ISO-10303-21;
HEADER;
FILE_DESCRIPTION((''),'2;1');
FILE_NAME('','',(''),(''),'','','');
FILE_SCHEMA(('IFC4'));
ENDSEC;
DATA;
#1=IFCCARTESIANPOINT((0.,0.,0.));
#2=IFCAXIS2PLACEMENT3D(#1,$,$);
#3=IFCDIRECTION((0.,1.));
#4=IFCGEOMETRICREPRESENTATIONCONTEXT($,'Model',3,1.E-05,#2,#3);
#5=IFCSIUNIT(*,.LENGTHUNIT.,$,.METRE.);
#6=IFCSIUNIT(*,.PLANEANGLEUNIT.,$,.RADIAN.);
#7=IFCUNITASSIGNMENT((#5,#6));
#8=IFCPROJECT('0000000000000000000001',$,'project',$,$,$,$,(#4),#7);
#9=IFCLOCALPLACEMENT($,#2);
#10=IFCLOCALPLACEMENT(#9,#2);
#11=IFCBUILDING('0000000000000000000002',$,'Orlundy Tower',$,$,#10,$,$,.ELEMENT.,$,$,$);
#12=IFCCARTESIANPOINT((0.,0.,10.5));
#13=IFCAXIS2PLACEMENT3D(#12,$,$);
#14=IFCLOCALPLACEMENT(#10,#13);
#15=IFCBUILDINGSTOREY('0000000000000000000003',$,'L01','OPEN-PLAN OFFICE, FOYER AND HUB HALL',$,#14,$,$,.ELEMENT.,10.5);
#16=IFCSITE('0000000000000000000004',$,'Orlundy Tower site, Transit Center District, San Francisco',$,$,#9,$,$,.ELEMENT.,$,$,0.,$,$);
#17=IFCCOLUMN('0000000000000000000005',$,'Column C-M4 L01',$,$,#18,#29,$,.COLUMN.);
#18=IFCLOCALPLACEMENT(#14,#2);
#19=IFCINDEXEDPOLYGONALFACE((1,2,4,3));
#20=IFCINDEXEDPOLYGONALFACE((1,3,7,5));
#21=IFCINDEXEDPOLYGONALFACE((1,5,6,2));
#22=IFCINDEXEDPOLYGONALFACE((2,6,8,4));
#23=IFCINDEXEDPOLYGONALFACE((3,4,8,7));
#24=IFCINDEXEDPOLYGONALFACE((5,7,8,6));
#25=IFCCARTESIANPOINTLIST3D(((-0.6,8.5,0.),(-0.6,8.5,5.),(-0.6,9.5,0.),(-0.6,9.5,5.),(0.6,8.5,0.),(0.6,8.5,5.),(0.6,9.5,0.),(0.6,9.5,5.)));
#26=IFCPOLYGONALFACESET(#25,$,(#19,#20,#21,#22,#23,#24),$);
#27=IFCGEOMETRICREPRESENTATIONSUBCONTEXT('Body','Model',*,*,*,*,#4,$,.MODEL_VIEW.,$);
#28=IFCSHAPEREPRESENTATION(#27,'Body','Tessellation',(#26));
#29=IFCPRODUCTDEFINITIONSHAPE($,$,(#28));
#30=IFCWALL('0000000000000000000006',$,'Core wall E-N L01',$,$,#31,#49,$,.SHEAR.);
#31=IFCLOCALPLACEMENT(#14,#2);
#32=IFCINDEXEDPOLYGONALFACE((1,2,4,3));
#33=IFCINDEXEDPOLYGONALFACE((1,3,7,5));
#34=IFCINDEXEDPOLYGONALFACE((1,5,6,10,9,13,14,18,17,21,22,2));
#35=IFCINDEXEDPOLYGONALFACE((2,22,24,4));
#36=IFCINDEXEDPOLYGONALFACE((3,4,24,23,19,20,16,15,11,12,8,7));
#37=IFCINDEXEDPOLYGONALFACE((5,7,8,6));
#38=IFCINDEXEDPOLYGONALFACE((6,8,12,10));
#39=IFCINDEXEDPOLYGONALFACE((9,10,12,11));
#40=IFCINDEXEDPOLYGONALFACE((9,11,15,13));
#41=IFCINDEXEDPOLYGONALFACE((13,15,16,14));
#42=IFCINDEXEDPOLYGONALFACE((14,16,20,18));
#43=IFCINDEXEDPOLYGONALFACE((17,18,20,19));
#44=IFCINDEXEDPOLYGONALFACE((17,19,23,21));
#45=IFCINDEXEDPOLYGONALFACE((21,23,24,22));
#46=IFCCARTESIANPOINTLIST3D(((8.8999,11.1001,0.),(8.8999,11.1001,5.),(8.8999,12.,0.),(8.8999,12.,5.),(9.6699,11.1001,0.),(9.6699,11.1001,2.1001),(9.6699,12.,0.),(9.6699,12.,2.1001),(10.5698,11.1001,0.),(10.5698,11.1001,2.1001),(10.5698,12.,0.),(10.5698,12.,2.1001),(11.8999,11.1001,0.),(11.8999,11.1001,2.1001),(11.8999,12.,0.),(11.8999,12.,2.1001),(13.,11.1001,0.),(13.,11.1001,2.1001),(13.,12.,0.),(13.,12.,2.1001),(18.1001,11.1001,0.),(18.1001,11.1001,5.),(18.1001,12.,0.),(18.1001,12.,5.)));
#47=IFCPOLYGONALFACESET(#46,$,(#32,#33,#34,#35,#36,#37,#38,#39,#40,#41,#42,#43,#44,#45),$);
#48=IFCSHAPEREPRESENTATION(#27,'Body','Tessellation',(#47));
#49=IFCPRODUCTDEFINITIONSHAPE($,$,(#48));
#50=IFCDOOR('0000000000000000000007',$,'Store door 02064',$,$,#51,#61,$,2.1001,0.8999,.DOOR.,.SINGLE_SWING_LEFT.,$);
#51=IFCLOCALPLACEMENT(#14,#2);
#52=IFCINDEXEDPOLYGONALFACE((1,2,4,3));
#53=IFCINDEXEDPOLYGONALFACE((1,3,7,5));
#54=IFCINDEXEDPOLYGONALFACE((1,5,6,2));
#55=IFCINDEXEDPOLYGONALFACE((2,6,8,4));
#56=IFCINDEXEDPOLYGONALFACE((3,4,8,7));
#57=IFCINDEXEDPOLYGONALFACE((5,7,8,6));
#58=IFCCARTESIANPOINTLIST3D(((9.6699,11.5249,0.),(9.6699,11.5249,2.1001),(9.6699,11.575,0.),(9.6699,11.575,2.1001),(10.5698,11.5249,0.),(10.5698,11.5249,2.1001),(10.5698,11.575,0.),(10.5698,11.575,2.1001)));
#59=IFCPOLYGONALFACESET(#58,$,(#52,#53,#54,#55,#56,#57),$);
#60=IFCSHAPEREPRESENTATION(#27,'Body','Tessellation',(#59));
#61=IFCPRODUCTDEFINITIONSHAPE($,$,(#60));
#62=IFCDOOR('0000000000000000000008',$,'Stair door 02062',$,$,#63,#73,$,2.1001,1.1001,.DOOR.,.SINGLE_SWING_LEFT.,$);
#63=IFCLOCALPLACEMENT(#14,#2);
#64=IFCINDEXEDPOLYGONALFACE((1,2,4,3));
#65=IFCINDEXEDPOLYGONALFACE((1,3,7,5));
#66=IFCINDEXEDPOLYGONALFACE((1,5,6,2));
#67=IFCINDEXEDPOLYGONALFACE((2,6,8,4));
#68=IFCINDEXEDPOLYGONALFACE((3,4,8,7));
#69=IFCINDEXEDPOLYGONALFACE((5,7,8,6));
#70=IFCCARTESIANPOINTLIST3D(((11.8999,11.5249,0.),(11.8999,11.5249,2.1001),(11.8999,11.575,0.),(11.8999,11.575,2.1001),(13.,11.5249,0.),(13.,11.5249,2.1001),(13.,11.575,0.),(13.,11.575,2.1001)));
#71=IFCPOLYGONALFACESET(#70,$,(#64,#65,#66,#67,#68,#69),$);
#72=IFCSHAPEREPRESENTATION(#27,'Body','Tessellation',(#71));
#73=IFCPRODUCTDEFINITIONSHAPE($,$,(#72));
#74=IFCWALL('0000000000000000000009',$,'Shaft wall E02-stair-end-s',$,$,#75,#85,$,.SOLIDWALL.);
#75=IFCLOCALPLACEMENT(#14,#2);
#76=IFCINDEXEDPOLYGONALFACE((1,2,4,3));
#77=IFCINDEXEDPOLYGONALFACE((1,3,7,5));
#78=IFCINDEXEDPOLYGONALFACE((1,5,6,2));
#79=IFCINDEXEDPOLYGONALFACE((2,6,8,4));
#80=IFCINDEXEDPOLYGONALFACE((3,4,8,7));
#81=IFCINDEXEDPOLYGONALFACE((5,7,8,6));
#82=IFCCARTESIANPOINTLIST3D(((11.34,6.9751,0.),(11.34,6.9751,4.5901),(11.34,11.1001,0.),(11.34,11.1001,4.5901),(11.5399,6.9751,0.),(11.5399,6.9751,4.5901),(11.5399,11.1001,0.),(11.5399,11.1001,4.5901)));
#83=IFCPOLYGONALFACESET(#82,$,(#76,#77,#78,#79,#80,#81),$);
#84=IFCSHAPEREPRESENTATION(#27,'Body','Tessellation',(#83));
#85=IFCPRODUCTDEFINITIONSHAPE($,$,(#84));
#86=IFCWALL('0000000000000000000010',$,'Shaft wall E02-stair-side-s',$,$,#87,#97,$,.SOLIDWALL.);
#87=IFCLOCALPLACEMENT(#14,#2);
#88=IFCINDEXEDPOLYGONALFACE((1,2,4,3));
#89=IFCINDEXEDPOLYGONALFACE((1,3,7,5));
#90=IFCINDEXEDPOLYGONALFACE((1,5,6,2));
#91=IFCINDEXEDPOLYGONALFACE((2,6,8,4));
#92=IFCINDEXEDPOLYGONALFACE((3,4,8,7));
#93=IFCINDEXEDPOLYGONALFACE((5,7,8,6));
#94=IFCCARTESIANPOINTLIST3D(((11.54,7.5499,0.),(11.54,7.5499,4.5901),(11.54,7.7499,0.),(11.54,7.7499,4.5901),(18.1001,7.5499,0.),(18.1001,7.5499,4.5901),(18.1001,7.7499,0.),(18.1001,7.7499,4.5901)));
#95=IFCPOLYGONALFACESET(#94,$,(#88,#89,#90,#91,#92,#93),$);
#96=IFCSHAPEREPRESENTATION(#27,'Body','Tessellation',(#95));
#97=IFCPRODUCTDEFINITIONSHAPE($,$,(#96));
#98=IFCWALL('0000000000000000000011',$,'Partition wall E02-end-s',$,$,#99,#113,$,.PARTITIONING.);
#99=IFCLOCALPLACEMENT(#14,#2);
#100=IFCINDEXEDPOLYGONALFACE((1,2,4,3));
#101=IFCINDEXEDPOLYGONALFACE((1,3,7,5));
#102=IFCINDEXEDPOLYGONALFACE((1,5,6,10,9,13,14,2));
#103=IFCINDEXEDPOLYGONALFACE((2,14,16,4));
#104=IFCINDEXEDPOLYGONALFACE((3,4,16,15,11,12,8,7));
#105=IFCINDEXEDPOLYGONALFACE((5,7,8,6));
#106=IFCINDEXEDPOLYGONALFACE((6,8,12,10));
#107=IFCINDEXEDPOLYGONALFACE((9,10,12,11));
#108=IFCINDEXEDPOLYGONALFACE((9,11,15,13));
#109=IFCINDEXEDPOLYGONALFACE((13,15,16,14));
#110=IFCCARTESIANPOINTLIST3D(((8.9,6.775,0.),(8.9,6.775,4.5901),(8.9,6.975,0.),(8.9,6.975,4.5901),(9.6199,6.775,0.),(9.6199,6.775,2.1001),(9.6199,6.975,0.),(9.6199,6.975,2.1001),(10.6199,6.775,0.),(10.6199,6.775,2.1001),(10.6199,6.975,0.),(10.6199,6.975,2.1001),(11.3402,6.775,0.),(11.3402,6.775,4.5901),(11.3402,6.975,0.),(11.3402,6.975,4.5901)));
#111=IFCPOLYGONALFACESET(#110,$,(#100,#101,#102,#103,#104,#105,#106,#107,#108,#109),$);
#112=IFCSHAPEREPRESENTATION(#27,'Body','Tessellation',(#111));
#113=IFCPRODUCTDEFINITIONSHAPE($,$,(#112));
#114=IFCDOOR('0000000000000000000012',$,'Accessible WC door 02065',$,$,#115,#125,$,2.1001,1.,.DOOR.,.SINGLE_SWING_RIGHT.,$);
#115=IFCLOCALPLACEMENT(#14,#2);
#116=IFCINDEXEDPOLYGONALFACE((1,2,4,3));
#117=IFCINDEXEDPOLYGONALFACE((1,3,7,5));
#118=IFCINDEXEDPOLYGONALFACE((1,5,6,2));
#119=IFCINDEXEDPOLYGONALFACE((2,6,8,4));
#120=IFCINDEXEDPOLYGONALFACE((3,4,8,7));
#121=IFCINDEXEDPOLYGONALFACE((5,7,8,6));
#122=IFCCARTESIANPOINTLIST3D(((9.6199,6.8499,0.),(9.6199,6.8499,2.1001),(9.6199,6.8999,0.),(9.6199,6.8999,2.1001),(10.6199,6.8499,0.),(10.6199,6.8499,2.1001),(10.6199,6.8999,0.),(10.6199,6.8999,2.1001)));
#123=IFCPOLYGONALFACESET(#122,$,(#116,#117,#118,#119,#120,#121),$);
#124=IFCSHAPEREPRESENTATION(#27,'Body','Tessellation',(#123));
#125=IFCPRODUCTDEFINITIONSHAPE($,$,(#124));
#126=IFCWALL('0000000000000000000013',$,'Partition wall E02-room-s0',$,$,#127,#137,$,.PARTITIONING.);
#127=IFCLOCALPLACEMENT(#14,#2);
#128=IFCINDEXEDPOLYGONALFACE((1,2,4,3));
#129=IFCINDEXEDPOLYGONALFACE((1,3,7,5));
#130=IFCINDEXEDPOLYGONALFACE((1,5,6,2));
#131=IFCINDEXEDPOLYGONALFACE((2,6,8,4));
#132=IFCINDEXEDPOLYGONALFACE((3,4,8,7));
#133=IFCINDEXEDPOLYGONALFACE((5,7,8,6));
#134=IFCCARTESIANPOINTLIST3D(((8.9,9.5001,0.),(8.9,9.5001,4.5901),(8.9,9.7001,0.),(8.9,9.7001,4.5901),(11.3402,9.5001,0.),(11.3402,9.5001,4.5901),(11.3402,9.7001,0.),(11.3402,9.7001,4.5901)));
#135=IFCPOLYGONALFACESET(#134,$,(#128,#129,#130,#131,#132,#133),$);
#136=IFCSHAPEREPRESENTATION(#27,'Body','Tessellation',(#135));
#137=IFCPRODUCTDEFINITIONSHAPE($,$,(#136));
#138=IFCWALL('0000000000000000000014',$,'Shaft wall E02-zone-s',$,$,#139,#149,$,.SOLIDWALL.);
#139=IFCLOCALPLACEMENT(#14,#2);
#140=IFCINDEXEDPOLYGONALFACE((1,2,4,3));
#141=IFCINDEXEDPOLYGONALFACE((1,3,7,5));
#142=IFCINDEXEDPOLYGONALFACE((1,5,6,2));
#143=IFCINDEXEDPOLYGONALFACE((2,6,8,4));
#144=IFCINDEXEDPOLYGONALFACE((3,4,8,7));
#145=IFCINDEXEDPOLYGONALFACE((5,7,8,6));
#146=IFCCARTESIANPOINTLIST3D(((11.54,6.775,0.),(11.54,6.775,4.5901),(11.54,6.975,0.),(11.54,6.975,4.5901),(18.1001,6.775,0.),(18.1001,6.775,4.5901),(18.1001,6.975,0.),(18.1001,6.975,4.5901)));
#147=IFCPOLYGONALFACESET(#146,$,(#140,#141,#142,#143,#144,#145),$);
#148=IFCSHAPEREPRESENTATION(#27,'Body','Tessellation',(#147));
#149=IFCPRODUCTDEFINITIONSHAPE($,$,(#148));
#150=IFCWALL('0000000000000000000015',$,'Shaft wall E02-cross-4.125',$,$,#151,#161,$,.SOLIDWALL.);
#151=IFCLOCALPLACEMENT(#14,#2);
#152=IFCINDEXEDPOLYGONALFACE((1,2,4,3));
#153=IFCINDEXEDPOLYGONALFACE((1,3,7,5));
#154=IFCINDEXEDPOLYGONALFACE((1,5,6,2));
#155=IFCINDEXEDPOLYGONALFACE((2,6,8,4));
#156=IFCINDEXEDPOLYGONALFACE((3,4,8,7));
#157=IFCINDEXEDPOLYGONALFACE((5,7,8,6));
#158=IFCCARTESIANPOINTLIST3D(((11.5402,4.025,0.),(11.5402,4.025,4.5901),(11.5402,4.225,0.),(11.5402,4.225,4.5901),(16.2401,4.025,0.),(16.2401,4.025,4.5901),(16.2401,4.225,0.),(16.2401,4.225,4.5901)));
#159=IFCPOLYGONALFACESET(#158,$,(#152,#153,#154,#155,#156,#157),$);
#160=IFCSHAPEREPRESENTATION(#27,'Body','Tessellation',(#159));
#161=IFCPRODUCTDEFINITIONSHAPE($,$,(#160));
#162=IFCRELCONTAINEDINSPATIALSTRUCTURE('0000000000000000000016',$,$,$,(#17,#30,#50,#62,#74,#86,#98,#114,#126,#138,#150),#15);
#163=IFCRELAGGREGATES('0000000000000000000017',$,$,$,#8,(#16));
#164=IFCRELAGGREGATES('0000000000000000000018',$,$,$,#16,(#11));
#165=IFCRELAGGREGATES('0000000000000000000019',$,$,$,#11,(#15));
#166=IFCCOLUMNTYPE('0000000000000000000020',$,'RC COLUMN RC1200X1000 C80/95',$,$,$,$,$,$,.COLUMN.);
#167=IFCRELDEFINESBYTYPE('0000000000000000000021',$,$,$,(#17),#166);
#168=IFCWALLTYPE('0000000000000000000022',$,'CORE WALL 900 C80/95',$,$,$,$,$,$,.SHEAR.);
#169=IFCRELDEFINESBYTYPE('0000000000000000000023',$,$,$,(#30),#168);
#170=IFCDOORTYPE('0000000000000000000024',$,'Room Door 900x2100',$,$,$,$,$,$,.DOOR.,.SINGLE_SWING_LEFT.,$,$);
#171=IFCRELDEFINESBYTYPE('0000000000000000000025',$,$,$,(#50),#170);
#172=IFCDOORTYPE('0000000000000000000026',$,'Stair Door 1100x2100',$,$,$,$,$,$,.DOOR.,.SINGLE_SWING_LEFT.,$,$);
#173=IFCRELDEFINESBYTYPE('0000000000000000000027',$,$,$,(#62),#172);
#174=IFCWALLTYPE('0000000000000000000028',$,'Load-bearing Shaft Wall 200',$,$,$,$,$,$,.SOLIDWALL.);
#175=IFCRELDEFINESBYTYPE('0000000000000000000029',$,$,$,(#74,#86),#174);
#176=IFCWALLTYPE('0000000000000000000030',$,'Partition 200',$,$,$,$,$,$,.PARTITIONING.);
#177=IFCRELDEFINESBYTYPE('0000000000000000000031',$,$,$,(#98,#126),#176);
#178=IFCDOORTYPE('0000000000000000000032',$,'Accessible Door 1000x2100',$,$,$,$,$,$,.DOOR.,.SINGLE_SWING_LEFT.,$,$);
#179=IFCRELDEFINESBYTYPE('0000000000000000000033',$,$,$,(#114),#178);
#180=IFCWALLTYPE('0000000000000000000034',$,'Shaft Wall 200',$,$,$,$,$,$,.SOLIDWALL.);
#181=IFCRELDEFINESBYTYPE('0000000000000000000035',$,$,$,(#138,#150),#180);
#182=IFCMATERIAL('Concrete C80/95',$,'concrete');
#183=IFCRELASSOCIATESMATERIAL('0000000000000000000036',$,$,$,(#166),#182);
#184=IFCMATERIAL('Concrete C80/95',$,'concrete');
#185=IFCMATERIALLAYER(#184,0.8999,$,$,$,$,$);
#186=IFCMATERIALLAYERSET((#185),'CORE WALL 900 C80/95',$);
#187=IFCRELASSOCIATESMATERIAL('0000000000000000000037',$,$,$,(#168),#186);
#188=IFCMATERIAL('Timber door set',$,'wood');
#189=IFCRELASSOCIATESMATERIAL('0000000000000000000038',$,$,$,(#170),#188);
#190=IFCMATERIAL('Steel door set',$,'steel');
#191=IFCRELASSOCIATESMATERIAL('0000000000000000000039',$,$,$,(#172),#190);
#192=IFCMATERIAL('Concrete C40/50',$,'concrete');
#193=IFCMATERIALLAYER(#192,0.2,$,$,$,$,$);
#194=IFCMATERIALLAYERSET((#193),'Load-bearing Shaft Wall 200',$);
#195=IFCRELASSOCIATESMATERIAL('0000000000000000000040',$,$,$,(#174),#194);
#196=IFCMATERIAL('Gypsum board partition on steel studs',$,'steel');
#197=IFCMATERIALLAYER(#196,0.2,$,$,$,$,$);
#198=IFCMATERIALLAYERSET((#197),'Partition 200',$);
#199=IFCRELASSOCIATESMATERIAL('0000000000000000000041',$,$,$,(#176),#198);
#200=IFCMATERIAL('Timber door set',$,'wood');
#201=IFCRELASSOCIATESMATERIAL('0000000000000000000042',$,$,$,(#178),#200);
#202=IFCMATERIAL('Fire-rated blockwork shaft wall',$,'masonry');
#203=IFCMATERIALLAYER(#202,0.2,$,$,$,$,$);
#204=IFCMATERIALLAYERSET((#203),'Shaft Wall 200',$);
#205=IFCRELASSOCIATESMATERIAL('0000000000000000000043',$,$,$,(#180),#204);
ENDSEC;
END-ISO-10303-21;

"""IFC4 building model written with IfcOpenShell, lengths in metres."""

from ifc_helpers import new_model, si_unit, direction, frame, frame_2d, origin, origin_2d, place, context, subcontext, project, spatial, rectangle, extrude, material, layer, layer_set, material_profile, profile_set, type_object, element, fill, save


model = new_model("IFC4")

# Units and contexts
model_context = context("Model", 3, precision=1e-05, world=origin(), true_north=direction((0.0, 1.0)))
body_context = subcontext(model_context, "Body", "Model", "MODEL_VIEW")
ifc_project = project(units=[si_unit("LENGTHUNIT", "METRE"), si_unit("PLANEANGLEUNIT", "RADIAN")], contexts=[model_context])

# Site, building, storey
site_placement = place(None, origin())
site = spatial("IfcSite", under=ifc_project, at=site_placement, Name="Orlundy Tower site, Transit Center District, San Francisco", CompositionType="ELEMENT", RefElevation=0.0)
building_placement = place(site_placement, origin())
building = spatial("IfcBuilding", under=site, at=building_placement, Name="Orlundy Tower", CompositionType="ELEMENT")
storey_placement = place(building_placement, frame((0.0, 0.0, 10.5)))
storey = spatial("IfcBuildingStorey", under=building, at=storey_placement, Name="L01", Description="OPEN-PLAN OFFICE, FOYER AND HUB HALL", CompositionType="ELEMENT", Elevation=10.5)

# Column
ifc_material_1 = material(Name="Concrete C80/95", Category="concrete")
ifc_material_profile = material_profile(ifc_material_1, rectangle(XDim=1.2, YDim=1.0, at=origin_2d()), Name="RC1200X1000")
ifc_profile_set = profile_set([ifc_material_profile], Name="Concrete C80/95")
column_type = type_object("IfcColumnType", Name="RC COLUMN RC1200X1000 C80/95", PredefinedType="COLUMN", material=ifc_profile_set)
column_placement = place(storey_placement, frame((0.0, 9.0, 0.0), z_axis=(0.0, 0.0, 1.0), x_axis=(1.0, 0.0, 0.0)))
element("IfcColumn", 1, at=column_placement, inside=storey, type_object=column_type, Name="Column C-M4 L01", PredefinedType="COLUMN", context=body_context, shape_type="SweptSolid", body=[
    extrude(rectangle(XDim=1.2, YDim=1.0, at=origin_2d()), origin(), (0.0, 0.0, 1.0), 5.0),
])

# Wall, openings, doors
ifc_material_2 = material(Name="Concrete C80/95", Category="concrete")
ifc_layer_1 = layer(ifc_material_2, 0.8999)
ifc_layer_set_1 = layer_set([ifc_layer_1], Name="CORE WALL 900 C80/95")
wall_type_1 = type_object("IfcWallType", Name="CORE WALL 900 C80/95", PredefinedType="SHEAR", material=ifc_layer_set_1)
wall_1_placement = place(storey_placement, frame((8.8999, 11.55, 0.0), z_axis=(0.0, 0.0, 1.0), x_axis=(1.0, 0.0, 0.0)))
wall_1 = element("IfcWall", 2, at=wall_1_placement, inside=storey, type_object=wall_type_1, Name="Core wall E-N L01", PredefinedType="SHEAR", context=body_context, shape_type="SweptSolid", body=[
    extrude(rectangle(XDim=9.2002, YDim=0.8999, at=frame_2d((4.6001, 0.0))), origin(), (0.0, 0.0, 1.0), 5.0),
])
opening_1_placement = place(wall_1_placement, frame((3.0, 0.0, 0.0)))
opening_1 = element("IfcOpeningElement", 3, at=opening_1_placement, cuts=wall_1, PredefinedType="OPENING", context=body_context, shape_type="SweptSolid", body=[
    extrude(rectangle(XDim=1.1001, YDim=2.1001, at=frame_2d((0.55, 1.05))), frame((0.0, 0.46, 0.0), z_axis=(0.0, -1.0, 0.0), x_axis=(1.0, 0.0, 0.0)), (0.0, 0.0, 1.0), 0.9199),
])
opening_2_placement = place(wall_1_placement, frame((0.77, 0.0, 0.0)))
opening_2 = element("IfcOpeningElement", 4, at=opening_2_placement, cuts=wall_1, PredefinedType="OPENING", context=body_context, shape_type="SweptSolid", body=[
    extrude(rectangle(XDim=0.8999, YDim=2.1001, at=frame_2d((0.45, 1.05))), frame((0.0, 0.46, 0.0), z_axis=(0.0, -1.0, 0.0), x_axis=(1.0, 0.0, 0.0)), (0.0, 0.0, 1.0), 0.9199),
])
ifc_material_3 = material(Name="Timber door set", Category="wood")
door_type_1 = type_object("IfcDoorType", Name="Room Door 900x2100", OperationType="SINGLE_SWING_LEFT", PredefinedType="DOOR", material=ifc_material_3)
door_1_placement = place(opening_2_placement, origin())
door_1 = element("IfcDoor", 5, at=door_1_placement, inside=storey, type_object=door_type_1, Name="Store door 02064", OperationType="SINGLE_SWING_LEFT", OverallHeight=2.1001, OverallWidth=0.8999, PredefinedType="DOOR", context=body_context, shape_type="SweptSolid", body=[
    extrude(rectangle(XDim=0.8999, YDim=2.1001, at=frame_2d((0.45, 1.05))), frame((0.0, 0.0249, 0.0), z_axis=(0.0, -1.0, 0.0), x_axis=(1.0, 0.0, 0.0)), (0.0, 0.0, 1.0), 0.05),
])
fill(opening_2, door_1)
ifc_material_4 = material(Name="Steel door set", Category="steel")
door_type_2 = type_object("IfcDoorType", Name="Stair Door 1100x2100", OperationType="SINGLE_SWING_LEFT", PredefinedType="DOOR", material=ifc_material_4)
door_2_placement = place(opening_1_placement, origin())
door_2 = element("IfcDoor", 6, at=door_2_placement, inside=storey, type_object=door_type_2, Name="Stair door 02062", OperationType="SINGLE_SWING_LEFT", OverallHeight=2.1001, OverallWidth=1.1001, PredefinedType="DOOR", context=body_context, shape_type="SweptSolid", body=[
    extrude(rectangle(XDim=1.1001, YDim=2.1001, at=frame_2d((0.55, 1.05))), frame((0.0, 0.0249, 0.0), z_axis=(0.0, -1.0, 0.0), x_axis=(1.0, 0.0, 0.0)), (0.0, 0.0, 1.0), 0.05),
])
fill(opening_1, door_2)

# Walls
ifc_material_5 = material(Name="Concrete C40/50", Category="concrete")
ifc_layer_2 = layer(ifc_material_5, 0.2)
ifc_layer_set_2 = layer_set([ifc_layer_2], Name="Load-bearing Shaft Wall 200")
wall_type_2 = type_object("IfcWallType", Name="Load-bearing Shaft Wall 200", PredefinedType="SOLIDWALL", material=ifc_layer_set_2)
wall_2_placement = place(storey_placement, frame((11.4399, 11.1001, 0.0), z_axis=(0.0, 0.0, 1.0), x_axis=(0.0, -1.0, 0.0)))
element("IfcWall", 7, at=wall_2_placement, inside=storey, type_object=wall_type_2, Name="Shaft wall E02-stair-end-s", PredefinedType="SOLIDWALL", context=body_context, shape_type="SweptSolid", body=[
    extrude(rectangle(XDim=4.125, YDim=0.2, at=frame_2d((2.0625, 0.0))), origin(), (0.0, 0.0, 1.0), 4.5901),
])
wall_3_placement = place(storey_placement, frame((11.54, 7.6499, 0.0), z_axis=(0.0, 0.0, 1.0), x_axis=(1.0, 0.0, 0.0)))
element("IfcWall", 8, at=wall_3_placement, inside=storey, type_object=wall_type_2, Name="Shaft wall E02-stair-side-s", PredefinedType="SOLIDWALL", context=body_context, shape_type="SweptSolid", body=[
    extrude(rectangle(XDim=6.5601, YDim=0.2, at=frame_2d((3.28, 0.0))), origin(), (0.0, 0.0, 1.0), 4.5901),
])

# Wall, opening, door
ifc_material_6 = material(Name="Gypsum board partition on steel studs", Category="steel")
ifc_layer_3 = layer(ifc_material_6, 0.2)
ifc_layer_set_3 = layer_set([ifc_layer_3], Name="Partition 200")
wall_type_3 = type_object("IfcWallType", Name="Partition 200", PredefinedType="PARTITIONING", material=ifc_layer_set_3)
wall_4_placement = place(storey_placement, frame((8.8999, 6.875, 0.0), z_axis=(0.0, 0.0, 1.0), x_axis=(1.0, 0.0, 0.0)))
wall_4 = element("IfcWall", 9, at=wall_4_placement, inside=storey, type_object=wall_type_3, Name="Partition wall E02-end-s", PredefinedType="PARTITIONING", context=body_context, shape_type="SweptSolid", body=[
    extrude(rectangle(XDim=2.4402, YDim=0.2, at=frame_2d((1.2202, 0.0))), origin(), (0.0, 0.0, 1.0), 4.5901),
])
opening_3_placement = place(wall_4_placement, frame((0.72, 0.0, 0.0)))
opening_3 = element("IfcOpeningElement", 10, at=opening_3_placement, cuts=wall_4, PredefinedType="OPENING", context=body_context, shape_type="SweptSolid", body=[
    extrude(rectangle(XDim=1.0, YDim=2.1001, at=frame_2d((0.5, 1.05))), frame((0.0, 0.1101, 0.0), z_axis=(0.0, -1.0, 0.0), x_axis=(1.0, 0.0, 0.0)), (0.0, 0.0, 1.0), 0.2202),
])
ifc_material_7 = material(Name="Timber door set", Category="wood")
door_type_3 = type_object("IfcDoorType", Name="Accessible Door 1000x2100", OperationType="SINGLE_SWING_LEFT", PredefinedType="DOOR", material=ifc_material_7)
door_3_placement = place(opening_3_placement, origin())
door_3 = element("IfcDoor", 11, at=door_3_placement, inside=storey, type_object=door_type_3, Name="Accessible WC door 02065", OperationType="SINGLE_SWING_RIGHT", OverallHeight=2.1001, OverallWidth=1.0, PredefinedType="DOOR", context=body_context, shape_type="SweptSolid", body=[
    extrude(rectangle(XDim=1.0, YDim=2.1001, at=frame_2d((0.5, 1.05))), frame((0.0, 0.0249, 0.0), z_axis=(0.0, -1.0, 0.0), x_axis=(1.0, 0.0, 0.0)), (0.0, 0.0, 1.0), 0.05),
])
fill(opening_3, door_3)

# Walls
wall_5_placement = place(storey_placement, frame((8.8999, 9.6001, 0.0), z_axis=(0.0, 0.0, 1.0), x_axis=(1.0, 0.0, 0.0)))
element("IfcWall", 12, at=wall_5_placement, inside=storey, type_object=wall_type_3, Name="Partition wall E02-room-s0", PredefinedType="PARTITIONING", context=body_context, shape_type="SweptSolid", body=[
    extrude(rectangle(XDim=2.4402, YDim=0.2, at=frame_2d((1.2202, 0.0))), origin(), (0.0, 0.0, 1.0), 4.5901),
])
ifc_material_8 = material(Name="Fire-rated blockwork shaft wall", Category="masonry")
ifc_layer_4 = layer(ifc_material_8, 0.2)
ifc_layer_set_4 = layer_set([ifc_layer_4], Name="Shaft Wall 200")
wall_type_4 = type_object("IfcWallType", Name="Shaft Wall 200", PredefinedType="SOLIDWALL", material=ifc_layer_set_4)
wall_6_placement = place(storey_placement, frame((11.54, 6.875, 0.0), z_axis=(0.0, 0.0, 1.0), x_axis=(1.0, 0.0, 0.0)))
element("IfcWall", 13, at=wall_6_placement, inside=storey, type_object=wall_type_4, Name="Shaft wall E02-zone-s", PredefinedType="SOLIDWALL", context=body_context, shape_type="SweptSolid", body=[
    extrude(rectangle(XDim=6.5601, YDim=0.2, at=frame_2d((3.28, 0.0))), origin(), (0.0, 0.0, 1.0), 4.5901),
])
wall_7_placement = place(storey_placement, frame((11.54, 4.125, 0.0), z_axis=(0.0, 0.0, 1.0), x_axis=(1.0, 0.0, 0.0)))
element("IfcWall", 14, at=wall_7_placement, inside=storey, type_object=wall_type_4, Name="Shaft wall E02-cross-4.125", PredefinedType="SOLIDWALL", context=body_context, shape_type="SweptSolid", body=[
    extrude(rectangle(XDim=4.7, YDim=0.2, at=frame_2d((2.3501, 0.0))), origin(), (0.0, 0.0, 1.0), 4.5901),
])

save(model, "model.ifc")
